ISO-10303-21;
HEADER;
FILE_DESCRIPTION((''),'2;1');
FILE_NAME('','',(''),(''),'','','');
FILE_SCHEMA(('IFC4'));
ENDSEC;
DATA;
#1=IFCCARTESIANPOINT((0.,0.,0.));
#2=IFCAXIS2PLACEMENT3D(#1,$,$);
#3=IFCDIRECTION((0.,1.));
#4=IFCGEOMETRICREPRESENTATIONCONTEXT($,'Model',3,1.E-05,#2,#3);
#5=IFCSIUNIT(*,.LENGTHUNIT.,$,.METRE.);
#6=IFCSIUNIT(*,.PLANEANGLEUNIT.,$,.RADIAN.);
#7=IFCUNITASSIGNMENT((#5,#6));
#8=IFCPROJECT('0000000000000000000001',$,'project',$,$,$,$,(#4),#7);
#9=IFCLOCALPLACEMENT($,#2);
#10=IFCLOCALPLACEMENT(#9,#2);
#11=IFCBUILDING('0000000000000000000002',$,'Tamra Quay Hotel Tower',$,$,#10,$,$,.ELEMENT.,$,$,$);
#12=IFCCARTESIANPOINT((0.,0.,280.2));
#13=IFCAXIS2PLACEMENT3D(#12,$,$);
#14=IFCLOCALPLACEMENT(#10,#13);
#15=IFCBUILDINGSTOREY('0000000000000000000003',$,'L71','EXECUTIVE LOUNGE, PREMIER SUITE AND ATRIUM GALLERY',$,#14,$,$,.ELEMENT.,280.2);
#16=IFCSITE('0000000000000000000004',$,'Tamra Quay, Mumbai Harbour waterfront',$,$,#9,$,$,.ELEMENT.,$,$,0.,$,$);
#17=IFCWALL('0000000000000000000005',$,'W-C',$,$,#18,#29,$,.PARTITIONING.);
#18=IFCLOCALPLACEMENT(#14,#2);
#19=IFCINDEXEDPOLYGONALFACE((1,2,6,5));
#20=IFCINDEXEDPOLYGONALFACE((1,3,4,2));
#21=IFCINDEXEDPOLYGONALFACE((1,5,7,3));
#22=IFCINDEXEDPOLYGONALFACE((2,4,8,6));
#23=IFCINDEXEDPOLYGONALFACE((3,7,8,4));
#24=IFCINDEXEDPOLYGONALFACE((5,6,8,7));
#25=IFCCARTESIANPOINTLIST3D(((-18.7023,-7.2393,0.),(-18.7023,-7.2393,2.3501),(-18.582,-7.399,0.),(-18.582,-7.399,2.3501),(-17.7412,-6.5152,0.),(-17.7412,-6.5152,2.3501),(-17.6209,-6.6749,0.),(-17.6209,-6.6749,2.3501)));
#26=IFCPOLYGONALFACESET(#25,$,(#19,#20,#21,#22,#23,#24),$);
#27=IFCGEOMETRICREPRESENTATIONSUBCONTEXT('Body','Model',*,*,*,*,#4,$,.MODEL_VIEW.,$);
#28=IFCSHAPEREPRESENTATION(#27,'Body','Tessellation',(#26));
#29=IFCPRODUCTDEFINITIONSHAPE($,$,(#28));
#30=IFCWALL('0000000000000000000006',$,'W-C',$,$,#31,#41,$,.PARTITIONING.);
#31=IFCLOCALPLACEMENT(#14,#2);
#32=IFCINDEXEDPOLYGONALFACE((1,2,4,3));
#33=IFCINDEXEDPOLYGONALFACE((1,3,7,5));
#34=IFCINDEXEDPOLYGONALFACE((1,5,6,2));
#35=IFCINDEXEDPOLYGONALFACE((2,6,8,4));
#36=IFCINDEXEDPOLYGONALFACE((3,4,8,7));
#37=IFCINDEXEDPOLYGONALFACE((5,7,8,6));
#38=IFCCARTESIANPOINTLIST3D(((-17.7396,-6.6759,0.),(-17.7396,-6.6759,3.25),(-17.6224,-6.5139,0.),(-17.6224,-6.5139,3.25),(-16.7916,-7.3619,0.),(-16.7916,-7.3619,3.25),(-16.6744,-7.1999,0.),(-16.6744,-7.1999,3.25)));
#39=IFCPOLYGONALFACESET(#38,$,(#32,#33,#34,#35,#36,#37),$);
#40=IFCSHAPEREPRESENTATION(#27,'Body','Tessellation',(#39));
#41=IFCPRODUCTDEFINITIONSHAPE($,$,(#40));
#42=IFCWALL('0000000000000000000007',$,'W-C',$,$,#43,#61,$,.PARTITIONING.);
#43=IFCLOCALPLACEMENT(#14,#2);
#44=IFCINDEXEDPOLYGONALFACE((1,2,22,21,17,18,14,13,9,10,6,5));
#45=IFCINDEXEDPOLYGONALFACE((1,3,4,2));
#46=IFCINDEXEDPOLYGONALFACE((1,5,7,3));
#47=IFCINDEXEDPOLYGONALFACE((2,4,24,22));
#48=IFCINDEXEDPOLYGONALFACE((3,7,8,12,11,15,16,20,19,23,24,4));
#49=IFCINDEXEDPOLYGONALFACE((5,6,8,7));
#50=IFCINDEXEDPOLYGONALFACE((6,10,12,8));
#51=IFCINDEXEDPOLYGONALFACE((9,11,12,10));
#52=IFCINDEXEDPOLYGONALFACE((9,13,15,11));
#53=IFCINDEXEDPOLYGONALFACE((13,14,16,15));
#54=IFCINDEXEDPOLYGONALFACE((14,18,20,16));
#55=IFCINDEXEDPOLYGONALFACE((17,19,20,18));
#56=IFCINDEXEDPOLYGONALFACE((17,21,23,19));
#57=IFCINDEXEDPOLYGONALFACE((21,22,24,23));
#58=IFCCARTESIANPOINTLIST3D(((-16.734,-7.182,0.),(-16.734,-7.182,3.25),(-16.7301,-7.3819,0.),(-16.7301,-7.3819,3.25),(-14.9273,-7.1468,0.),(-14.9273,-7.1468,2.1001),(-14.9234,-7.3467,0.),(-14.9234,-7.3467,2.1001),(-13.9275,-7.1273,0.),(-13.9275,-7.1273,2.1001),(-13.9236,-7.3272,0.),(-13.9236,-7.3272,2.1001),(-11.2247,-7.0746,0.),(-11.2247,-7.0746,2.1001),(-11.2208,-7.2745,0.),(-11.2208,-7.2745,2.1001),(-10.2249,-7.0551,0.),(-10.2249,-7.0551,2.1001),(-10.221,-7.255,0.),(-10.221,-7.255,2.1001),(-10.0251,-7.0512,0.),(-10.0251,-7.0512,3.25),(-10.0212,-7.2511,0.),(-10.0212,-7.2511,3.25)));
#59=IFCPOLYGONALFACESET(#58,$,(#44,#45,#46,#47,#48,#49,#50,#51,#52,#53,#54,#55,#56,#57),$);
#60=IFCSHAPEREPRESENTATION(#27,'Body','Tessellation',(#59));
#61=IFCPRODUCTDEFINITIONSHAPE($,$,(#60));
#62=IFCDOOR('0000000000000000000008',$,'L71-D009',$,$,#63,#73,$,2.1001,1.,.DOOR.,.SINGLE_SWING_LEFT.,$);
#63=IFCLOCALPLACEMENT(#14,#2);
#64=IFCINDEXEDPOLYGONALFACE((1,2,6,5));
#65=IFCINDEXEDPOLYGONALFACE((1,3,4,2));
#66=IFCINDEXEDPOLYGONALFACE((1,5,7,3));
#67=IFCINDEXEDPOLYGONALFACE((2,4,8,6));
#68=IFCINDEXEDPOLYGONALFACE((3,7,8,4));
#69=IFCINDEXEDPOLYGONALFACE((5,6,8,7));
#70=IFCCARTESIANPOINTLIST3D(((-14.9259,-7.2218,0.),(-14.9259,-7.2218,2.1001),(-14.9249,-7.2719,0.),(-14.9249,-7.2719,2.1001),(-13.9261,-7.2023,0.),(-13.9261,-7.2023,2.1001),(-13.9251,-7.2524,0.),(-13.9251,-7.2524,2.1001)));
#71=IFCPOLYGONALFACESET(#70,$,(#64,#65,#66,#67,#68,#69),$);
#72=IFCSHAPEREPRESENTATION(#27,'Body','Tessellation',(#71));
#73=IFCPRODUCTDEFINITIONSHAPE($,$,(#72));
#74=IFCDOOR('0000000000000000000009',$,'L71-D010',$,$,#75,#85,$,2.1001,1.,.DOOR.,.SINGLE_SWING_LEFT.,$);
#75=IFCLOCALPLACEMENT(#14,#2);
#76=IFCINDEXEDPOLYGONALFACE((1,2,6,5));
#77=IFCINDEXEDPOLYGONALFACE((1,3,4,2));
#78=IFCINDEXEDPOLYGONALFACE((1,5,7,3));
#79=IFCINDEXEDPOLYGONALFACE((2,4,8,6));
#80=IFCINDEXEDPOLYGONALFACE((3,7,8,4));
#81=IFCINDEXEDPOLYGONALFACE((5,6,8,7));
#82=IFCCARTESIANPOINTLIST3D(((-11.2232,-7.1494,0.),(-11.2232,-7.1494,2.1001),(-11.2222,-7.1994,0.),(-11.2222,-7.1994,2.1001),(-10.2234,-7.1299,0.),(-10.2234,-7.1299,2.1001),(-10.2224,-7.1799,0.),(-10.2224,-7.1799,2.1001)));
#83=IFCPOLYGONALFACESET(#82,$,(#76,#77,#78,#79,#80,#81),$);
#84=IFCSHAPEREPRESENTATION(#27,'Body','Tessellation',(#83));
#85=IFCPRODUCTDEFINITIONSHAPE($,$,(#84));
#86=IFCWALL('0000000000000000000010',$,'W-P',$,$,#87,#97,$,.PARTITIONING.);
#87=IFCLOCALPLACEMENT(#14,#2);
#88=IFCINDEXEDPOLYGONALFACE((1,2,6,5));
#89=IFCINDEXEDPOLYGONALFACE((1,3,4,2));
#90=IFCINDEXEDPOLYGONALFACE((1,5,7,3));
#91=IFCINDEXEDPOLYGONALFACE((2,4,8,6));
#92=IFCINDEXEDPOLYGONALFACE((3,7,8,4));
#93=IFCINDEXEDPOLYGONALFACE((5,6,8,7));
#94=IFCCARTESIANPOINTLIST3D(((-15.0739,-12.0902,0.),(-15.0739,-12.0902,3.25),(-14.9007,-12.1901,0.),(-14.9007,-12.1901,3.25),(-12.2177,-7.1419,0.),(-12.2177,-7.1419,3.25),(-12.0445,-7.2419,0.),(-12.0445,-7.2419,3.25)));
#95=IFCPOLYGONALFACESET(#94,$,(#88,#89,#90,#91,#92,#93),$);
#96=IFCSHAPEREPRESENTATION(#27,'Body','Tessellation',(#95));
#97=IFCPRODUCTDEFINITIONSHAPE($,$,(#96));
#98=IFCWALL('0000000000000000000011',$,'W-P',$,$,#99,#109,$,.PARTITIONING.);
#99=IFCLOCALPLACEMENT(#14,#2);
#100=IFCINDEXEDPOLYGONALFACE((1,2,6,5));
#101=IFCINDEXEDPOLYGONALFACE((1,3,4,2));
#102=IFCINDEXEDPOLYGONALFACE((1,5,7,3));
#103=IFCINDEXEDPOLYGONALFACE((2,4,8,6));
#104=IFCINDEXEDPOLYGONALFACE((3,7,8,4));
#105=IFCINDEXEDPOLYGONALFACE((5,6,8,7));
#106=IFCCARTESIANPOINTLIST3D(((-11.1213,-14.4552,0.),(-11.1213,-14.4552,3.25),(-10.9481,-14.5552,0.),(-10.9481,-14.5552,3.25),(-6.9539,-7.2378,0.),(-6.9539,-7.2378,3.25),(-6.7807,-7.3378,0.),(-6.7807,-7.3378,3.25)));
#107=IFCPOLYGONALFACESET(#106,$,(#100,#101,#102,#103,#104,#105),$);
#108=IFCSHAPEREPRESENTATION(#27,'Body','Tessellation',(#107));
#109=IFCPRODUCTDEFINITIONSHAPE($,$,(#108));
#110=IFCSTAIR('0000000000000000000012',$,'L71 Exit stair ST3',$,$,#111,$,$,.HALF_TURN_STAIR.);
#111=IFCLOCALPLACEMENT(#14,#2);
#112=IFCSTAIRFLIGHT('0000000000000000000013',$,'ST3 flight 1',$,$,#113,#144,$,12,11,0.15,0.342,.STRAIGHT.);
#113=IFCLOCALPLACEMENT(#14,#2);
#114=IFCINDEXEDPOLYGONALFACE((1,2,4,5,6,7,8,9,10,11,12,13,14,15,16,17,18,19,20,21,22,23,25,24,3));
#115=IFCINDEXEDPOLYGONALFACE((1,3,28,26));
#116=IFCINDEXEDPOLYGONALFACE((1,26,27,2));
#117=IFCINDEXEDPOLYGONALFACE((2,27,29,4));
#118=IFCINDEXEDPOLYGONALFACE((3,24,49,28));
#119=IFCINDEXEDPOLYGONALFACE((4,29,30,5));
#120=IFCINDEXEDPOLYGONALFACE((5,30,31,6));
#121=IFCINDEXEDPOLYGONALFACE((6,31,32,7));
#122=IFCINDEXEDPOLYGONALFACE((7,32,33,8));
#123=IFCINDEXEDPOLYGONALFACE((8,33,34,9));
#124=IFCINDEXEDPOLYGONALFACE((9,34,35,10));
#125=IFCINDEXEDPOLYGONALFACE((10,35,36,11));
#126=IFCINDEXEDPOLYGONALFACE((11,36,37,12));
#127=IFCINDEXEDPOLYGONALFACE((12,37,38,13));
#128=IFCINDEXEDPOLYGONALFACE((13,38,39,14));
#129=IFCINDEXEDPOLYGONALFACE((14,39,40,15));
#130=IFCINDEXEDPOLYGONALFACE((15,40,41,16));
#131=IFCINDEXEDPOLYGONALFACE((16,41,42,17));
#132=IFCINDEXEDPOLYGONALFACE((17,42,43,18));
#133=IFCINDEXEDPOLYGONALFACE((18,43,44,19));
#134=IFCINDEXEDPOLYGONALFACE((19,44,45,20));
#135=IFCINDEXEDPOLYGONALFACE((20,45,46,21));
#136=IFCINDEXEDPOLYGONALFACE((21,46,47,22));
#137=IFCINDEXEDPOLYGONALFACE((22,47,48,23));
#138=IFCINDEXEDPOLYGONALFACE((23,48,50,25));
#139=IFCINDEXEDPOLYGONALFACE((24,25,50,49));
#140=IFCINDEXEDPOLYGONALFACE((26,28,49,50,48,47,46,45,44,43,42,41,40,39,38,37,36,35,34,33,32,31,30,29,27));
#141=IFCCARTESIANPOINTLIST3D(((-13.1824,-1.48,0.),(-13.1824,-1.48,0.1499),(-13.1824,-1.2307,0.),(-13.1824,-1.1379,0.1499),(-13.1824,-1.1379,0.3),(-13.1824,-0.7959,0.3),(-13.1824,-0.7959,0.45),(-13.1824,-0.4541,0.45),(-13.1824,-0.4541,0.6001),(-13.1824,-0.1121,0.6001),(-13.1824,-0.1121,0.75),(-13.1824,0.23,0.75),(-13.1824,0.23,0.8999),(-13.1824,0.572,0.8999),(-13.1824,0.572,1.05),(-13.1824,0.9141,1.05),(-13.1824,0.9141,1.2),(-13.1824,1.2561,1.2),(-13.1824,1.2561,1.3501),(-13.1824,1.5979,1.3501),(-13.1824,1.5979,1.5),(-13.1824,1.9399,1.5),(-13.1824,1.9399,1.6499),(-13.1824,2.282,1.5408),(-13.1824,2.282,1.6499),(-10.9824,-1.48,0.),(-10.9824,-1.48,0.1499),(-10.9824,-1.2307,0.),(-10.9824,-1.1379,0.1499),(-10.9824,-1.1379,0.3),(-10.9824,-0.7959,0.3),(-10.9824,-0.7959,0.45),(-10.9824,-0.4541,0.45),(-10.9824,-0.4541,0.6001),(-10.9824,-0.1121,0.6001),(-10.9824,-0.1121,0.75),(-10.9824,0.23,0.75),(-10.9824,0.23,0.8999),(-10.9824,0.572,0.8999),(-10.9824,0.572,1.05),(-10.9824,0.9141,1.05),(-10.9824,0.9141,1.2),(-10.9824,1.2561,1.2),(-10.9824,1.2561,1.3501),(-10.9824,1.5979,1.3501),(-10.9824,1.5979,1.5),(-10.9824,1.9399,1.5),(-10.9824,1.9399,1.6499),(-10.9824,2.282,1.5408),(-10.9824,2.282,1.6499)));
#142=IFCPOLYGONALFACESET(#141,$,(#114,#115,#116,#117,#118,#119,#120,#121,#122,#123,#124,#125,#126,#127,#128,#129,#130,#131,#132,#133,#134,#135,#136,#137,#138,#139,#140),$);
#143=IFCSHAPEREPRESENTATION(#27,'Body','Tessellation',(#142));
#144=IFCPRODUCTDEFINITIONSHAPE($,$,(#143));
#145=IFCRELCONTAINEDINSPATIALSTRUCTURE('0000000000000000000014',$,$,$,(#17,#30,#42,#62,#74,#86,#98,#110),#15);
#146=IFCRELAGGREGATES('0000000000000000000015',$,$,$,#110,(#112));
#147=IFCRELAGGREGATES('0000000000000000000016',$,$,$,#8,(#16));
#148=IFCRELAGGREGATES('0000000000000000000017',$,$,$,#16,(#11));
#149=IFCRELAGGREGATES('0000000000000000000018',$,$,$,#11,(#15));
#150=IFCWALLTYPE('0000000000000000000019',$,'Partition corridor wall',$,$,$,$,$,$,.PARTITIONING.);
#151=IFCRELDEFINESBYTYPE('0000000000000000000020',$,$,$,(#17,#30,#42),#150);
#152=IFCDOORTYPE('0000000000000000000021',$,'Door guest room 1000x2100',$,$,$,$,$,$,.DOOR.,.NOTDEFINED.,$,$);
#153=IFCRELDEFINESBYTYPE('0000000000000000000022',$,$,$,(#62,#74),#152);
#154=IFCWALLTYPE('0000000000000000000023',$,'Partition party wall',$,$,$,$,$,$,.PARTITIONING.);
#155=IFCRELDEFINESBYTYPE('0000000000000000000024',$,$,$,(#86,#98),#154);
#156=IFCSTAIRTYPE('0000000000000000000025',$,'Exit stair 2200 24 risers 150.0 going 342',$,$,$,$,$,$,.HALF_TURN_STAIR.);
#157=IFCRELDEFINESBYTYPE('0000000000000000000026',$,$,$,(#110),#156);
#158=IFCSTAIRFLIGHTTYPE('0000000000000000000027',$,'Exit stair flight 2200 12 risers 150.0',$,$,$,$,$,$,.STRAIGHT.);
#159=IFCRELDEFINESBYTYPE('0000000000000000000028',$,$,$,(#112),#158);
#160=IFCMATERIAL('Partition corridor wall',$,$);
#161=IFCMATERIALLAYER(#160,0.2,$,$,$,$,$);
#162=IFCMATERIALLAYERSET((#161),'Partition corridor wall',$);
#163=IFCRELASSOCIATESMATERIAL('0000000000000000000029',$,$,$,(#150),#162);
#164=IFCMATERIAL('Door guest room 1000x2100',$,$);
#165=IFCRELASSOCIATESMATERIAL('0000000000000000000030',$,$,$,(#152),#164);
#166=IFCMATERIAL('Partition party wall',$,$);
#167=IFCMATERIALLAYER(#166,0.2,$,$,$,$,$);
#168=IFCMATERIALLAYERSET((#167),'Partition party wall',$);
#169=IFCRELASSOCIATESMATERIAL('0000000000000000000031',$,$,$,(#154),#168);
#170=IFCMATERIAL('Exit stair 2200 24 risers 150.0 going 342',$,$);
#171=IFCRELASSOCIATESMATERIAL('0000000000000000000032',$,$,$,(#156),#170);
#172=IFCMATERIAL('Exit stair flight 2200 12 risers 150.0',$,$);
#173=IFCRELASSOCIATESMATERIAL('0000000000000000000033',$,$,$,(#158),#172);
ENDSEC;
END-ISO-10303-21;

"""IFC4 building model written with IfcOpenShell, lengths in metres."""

from ifc_helpers import new_model, si_unit, direction, frame, frame_2d, origin, place, context, subcontext, project, spatial, polyline, rectangle, outline, extrude, material, layer, layer_set, type_object, element, fill, aggregate, save


model = new_model("IFC4")

# Units and contexts
model_context = context("Model", 3, precision=1e-05, world=origin(), true_north=direction((0.0, 1.0)))
body_context = subcontext(model_context, "Body", "Model", "MODEL_VIEW")
ifc_project = project(units=[si_unit("LENGTHUNIT", "METRE"), si_unit("PLANEANGLEUNIT", "RADIAN")], contexts=[model_context])

# Site, building, storey
site_placement = place(None, origin())
site = spatial("IfcSite", under=ifc_project, at=site_placement, Name="Tamra Quay, Mumbai Harbour waterfront", CompositionType="ELEMENT", RefElevation=0.0)
building_placement = place(site_placement, origin())
building = spatial("IfcBuilding", under=site, at=building_placement, Name="Tamra Quay Hotel Tower", CompositionType="ELEMENT")
storey_placement = place(building_placement, frame((0.0, 0.0, 280.2)))
storey = spatial("IfcBuildingStorey", under=building, at=storey_placement, Name="L71", Description="EXECUTIVE LOUNGE, PREMIER SUITE AND ATRIUM GALLERY", CompositionType="ELEMENT", Elevation=280.2)

# Walls
ifc_material_1 = material(Name="Partition corridor wall")
ifc_layer_1 = layer(ifc_material_1, 0.2)
ifc_layer_set_1 = layer_set([ifc_layer_1], Name="Partition corridor wall")
wall_type_1 = type_object("IfcWallType", Name="Partition corridor wall", PredefinedType="PARTITIONING", material=ifc_layer_set_1)
wall_1_placement = place(storey_placement, frame((-18.6421, -7.3191, 0.0), z_axis=(0.0, 0.0, 1.0), x_axis=(0.798708, 0.601719, 0.0)))
element("IfcWall", 1, at=wall_1_placement, inside=storey, type_object=wall_type_1, Name="W-C", PredefinedType="PARTITIONING", context=body_context, shape_type="SweptSolid", body=[
    extrude(rectangle(XDim=1.2034, YDim=0.2, at=frame_2d((0.6016, 0.0))), origin(), (0.0, 0.0, 1.0), 2.3501),
])
wall_2_placement = place(storey_placement, frame((-17.6809, -6.595, 0.0), z_axis=(0.0, 0.0, 1.0), x_axis=(0.810123, -0.58626, 0.0)))
element("IfcWall", 2, at=wall_2_placement, inside=storey, type_object=wall_type_1, Name="W-C", PredefinedType="PARTITIONING", context=body_context, shape_type="SweptSolid", body=[
    extrude(rectangle(XDim=1.1702, YDim=0.2, at=frame_2d((0.585, 0.0))), origin(), (0.0, 0.0, 1.0), 3.25),
])

# Wall, openings, doors
wall_3_placement = place(storey_placement, frame((-16.7319, -7.282, 0.0), z_axis=(0.0, 0.0, 1.0), x_axis=(0.99981, 0.019501, 0.0)))
wall_3 = element("IfcWall", 3, at=wall_3_placement, inside=storey, type_object=wall_type_1, Name="W-C", PredefinedType="PARTITIONING", context=body_context, shape_type="SweptSolid", body=[
    extrude(rectangle(XDim=6.7102, YDim=0.2, at=frame_2d((3.355, 0.0))), origin(), (0.0, 0.0, 1.0), 3.25),
])
opening_1_placement = place(wall_3_placement, frame((1.8069, 0.0, 0.0)))
opening_1 = element("IfcOpeningElement", 4, at=opening_1_placement, cuts=wall_3, PredefinedType="OPENING", context=body_context, shape_type="SweptSolid", body=[
    extrude(rectangle(XDim=1.0, YDim=2.1001, at=frame_2d((0.5, 1.05))), frame((0.0, 0.1099, 0.0), z_axis=(0.0, -1.0, 0.0), x_axis=(1.0, 0.0, 0.0)), (0.0, 0.0, 1.0), 0.22),
])
opening_2_placement = place(wall_3_placement, frame((5.5103, 0.0, 0.0)))
opening_2 = element("IfcOpeningElement", 5, at=opening_2_placement, cuts=wall_3, PredefinedType="OPENING", context=body_context, shape_type="SweptSolid", body=[
    extrude(rectangle(XDim=1.0, YDim=2.1001, at=frame_2d((0.5, 1.05))), frame((0.0, 0.1099, 0.0), z_axis=(0.0, -1.0, 0.0), x_axis=(1.0, 0.0, 0.0)), (0.0, 0.0, 1.0), 0.22),
])
ifc_material_2 = material(Name="Door guest room 1000x2100")
door_type_1 = type_object("IfcDoorType", Name="Door guest room 1000x2100", OperationType="NOTDEFINED", PredefinedType="DOOR", material=ifc_material_2)
door_1_placement = place(opening_1_placement, origin())
door_1 = element("IfcDoor", 6, at=door_1_placement, inside=storey, type_object=door_type_1, Name="L71-D009", OperationType="SINGLE_SWING_LEFT", OverallHeight=2.1001, OverallWidth=1.0, PredefinedType="DOOR", context=body_context, shape_type="SweptSolid", body=[
    extrude(rectangle(XDim=1.0, YDim=2.1001, at=frame_2d((0.5, 1.05))), frame((0.0, 0.0249, 0.0), z_axis=(0.0, -1.0, 0.0), x_axis=(1.0, 0.0, 0.0)), (0.0, 0.0, 1.0), 0.05),
])
fill(opening_1, door_1)
door_2_placement = place(opening_2_placement, frame((1.0, 0.0, 0.0), z_axis=(0.0, 0.0, 1.0), x_axis=(-1.0, 0.0, 0.0)))
door_2 = element("IfcDoor", 7, at=door_2_placement, inside=storey, type_object=door_type_1, Name="L71-D010", OperationType="SINGLE_SWING_LEFT", OverallHeight=2.1001, OverallWidth=1.0, PredefinedType="DOOR", context=body_context, shape_type="SweptSolid", body=[
    extrude(rectangle(XDim=1.0, YDim=2.1001, at=frame_2d((0.5, 1.05))), frame((0.0, 0.0249, 0.0), z_axis=(0.0, -1.0, 0.0), x_axis=(1.0, 0.0, 0.0)), (0.0, 0.0, 1.0), 0.05),
])
fill(opening_2, door_2)

# Walls
ifc_material_3 = material(Name="Partition party wall")
ifc_layer_2 = layer(ifc_material_3, 0.2)
ifc_layer_set_2 = layer_set([ifc_layer_2], Name="Partition party wall")
wall_type_2 = type_object("IfcWallType", Name="Partition party wall", PredefinedType="PARTITIONING", material=ifc_layer_set_2)
wall_4_placement = place(storey_placement, frame((-14.9873, -12.1401, 0.0), z_axis=(0.0, 0.0, 1.0), x_axis=(0.499912, 0.866076, 0.0)))
element("IfcWall", 8, at=wall_4_placement, inside=storey, type_object=wall_type_2, Name="W-P", PredefinedType="PARTITIONING", context=body_context, shape_type="SweptSolid", body=[
    extrude(rectangle(XDim=5.7134, YDim=0.2, at=frame_2d((2.8567, 0.0))), origin(), (0.0, 0.0, 1.0), 3.25),
])
wall_5_placement = place(storey_placement, frame((-11.0347, -14.5051, 0.0), z_axis=(0.0, 0.0, 1.0), x_axis=(0.500039, 0.866003, 0.0)))
element("IfcWall", 9, at=wall_5_placement, inside=storey, type_object=wall_type_2, Name="W-P", PredefinedType="PARTITIONING", context=body_context, shape_type="SweptSolid", body=[
    extrude(rectangle(XDim=8.3342, YDim=0.2, at=frame_2d((4.167, 0.0))), origin(), (0.0, 0.0, 1.0), 3.25),
])

# Stair, stair flight
ifc_material_4 = material(Name="Exit stair 2200 24 risers 150.0 going 342")
stair_type = type_object("IfcStairType", Name="Exit stair 2200 24 risers 150.0 going 342", PredefinedType="HALF_TURN_STAIR", material=ifc_material_4)
stair_placement = place(storey_placement, origin())
stair = element("IfcStair", 10, at=stair_placement, inside=storey, type_object=stair_type, Name="L71 Exit stair ST3", PredefinedType="HALF_TURN_STAIR")
ifc_material_5 = material(Name="Exit stair flight 2200 12 risers 150.0")
stair_flight_type = type_object("IfcStairFlightType", Name="Exit stair flight 2200 12 risers 150.0", PredefinedType="STRAIGHT", material=ifc_material_5)
stair_flight_placement = place(storey_placement, frame((-12.0823, -1.48, 0.0), z_axis=(0.0, 0.0, 1.0), x_axis=(0.0, 1.0, 0.0)))
stair_flight = element("IfcStairFlight", 11, at=stair_flight_placement, type_object=stair_flight_type, Name="ST3 flight 1", NumberOfRisers=12, NumberOfTreads=11, PredefinedType="STRAIGHT", RiserHeight=0.15, TreadLength=0.342, context=body_context, shape_type="SweptSolid", body=[
    extrude(outline(polyline([(0.0, 0.0), (0.0, 0.1499), (0.342, 0.1499), (0.342, 0.3), (0.6841, 0.3), (0.6841, 0.45), (1.0259, 0.45), (1.0259, 0.6001), (1.3679, 0.6001), (1.3679, 0.75), (1.71, 0.75), (1.71, 0.8999), (2.052, 0.8999), (2.052, 1.05), (2.394, 1.05), (2.394, 1.2), (2.7361, 1.2), (2.7361, 1.3501), (3.0779, 1.3501), (3.0779, 1.5), (3.4199, 1.5), (3.4199, 1.6499), (3.762, 1.6499), (3.762, 1.8), (3.762, 1.5408), (0.2493, 0.0), (0.0, 0.0)])), frame((0.0, 1.1001, 0.0), z_axis=(0.0, -1.0, 0.0), x_axis=(1.0, 0.0, 0.0)), (0.0, 0.0, 1.0), 2.2),
])
aggregate(stair, [stair_flight])

save(model, "model.ifc")
